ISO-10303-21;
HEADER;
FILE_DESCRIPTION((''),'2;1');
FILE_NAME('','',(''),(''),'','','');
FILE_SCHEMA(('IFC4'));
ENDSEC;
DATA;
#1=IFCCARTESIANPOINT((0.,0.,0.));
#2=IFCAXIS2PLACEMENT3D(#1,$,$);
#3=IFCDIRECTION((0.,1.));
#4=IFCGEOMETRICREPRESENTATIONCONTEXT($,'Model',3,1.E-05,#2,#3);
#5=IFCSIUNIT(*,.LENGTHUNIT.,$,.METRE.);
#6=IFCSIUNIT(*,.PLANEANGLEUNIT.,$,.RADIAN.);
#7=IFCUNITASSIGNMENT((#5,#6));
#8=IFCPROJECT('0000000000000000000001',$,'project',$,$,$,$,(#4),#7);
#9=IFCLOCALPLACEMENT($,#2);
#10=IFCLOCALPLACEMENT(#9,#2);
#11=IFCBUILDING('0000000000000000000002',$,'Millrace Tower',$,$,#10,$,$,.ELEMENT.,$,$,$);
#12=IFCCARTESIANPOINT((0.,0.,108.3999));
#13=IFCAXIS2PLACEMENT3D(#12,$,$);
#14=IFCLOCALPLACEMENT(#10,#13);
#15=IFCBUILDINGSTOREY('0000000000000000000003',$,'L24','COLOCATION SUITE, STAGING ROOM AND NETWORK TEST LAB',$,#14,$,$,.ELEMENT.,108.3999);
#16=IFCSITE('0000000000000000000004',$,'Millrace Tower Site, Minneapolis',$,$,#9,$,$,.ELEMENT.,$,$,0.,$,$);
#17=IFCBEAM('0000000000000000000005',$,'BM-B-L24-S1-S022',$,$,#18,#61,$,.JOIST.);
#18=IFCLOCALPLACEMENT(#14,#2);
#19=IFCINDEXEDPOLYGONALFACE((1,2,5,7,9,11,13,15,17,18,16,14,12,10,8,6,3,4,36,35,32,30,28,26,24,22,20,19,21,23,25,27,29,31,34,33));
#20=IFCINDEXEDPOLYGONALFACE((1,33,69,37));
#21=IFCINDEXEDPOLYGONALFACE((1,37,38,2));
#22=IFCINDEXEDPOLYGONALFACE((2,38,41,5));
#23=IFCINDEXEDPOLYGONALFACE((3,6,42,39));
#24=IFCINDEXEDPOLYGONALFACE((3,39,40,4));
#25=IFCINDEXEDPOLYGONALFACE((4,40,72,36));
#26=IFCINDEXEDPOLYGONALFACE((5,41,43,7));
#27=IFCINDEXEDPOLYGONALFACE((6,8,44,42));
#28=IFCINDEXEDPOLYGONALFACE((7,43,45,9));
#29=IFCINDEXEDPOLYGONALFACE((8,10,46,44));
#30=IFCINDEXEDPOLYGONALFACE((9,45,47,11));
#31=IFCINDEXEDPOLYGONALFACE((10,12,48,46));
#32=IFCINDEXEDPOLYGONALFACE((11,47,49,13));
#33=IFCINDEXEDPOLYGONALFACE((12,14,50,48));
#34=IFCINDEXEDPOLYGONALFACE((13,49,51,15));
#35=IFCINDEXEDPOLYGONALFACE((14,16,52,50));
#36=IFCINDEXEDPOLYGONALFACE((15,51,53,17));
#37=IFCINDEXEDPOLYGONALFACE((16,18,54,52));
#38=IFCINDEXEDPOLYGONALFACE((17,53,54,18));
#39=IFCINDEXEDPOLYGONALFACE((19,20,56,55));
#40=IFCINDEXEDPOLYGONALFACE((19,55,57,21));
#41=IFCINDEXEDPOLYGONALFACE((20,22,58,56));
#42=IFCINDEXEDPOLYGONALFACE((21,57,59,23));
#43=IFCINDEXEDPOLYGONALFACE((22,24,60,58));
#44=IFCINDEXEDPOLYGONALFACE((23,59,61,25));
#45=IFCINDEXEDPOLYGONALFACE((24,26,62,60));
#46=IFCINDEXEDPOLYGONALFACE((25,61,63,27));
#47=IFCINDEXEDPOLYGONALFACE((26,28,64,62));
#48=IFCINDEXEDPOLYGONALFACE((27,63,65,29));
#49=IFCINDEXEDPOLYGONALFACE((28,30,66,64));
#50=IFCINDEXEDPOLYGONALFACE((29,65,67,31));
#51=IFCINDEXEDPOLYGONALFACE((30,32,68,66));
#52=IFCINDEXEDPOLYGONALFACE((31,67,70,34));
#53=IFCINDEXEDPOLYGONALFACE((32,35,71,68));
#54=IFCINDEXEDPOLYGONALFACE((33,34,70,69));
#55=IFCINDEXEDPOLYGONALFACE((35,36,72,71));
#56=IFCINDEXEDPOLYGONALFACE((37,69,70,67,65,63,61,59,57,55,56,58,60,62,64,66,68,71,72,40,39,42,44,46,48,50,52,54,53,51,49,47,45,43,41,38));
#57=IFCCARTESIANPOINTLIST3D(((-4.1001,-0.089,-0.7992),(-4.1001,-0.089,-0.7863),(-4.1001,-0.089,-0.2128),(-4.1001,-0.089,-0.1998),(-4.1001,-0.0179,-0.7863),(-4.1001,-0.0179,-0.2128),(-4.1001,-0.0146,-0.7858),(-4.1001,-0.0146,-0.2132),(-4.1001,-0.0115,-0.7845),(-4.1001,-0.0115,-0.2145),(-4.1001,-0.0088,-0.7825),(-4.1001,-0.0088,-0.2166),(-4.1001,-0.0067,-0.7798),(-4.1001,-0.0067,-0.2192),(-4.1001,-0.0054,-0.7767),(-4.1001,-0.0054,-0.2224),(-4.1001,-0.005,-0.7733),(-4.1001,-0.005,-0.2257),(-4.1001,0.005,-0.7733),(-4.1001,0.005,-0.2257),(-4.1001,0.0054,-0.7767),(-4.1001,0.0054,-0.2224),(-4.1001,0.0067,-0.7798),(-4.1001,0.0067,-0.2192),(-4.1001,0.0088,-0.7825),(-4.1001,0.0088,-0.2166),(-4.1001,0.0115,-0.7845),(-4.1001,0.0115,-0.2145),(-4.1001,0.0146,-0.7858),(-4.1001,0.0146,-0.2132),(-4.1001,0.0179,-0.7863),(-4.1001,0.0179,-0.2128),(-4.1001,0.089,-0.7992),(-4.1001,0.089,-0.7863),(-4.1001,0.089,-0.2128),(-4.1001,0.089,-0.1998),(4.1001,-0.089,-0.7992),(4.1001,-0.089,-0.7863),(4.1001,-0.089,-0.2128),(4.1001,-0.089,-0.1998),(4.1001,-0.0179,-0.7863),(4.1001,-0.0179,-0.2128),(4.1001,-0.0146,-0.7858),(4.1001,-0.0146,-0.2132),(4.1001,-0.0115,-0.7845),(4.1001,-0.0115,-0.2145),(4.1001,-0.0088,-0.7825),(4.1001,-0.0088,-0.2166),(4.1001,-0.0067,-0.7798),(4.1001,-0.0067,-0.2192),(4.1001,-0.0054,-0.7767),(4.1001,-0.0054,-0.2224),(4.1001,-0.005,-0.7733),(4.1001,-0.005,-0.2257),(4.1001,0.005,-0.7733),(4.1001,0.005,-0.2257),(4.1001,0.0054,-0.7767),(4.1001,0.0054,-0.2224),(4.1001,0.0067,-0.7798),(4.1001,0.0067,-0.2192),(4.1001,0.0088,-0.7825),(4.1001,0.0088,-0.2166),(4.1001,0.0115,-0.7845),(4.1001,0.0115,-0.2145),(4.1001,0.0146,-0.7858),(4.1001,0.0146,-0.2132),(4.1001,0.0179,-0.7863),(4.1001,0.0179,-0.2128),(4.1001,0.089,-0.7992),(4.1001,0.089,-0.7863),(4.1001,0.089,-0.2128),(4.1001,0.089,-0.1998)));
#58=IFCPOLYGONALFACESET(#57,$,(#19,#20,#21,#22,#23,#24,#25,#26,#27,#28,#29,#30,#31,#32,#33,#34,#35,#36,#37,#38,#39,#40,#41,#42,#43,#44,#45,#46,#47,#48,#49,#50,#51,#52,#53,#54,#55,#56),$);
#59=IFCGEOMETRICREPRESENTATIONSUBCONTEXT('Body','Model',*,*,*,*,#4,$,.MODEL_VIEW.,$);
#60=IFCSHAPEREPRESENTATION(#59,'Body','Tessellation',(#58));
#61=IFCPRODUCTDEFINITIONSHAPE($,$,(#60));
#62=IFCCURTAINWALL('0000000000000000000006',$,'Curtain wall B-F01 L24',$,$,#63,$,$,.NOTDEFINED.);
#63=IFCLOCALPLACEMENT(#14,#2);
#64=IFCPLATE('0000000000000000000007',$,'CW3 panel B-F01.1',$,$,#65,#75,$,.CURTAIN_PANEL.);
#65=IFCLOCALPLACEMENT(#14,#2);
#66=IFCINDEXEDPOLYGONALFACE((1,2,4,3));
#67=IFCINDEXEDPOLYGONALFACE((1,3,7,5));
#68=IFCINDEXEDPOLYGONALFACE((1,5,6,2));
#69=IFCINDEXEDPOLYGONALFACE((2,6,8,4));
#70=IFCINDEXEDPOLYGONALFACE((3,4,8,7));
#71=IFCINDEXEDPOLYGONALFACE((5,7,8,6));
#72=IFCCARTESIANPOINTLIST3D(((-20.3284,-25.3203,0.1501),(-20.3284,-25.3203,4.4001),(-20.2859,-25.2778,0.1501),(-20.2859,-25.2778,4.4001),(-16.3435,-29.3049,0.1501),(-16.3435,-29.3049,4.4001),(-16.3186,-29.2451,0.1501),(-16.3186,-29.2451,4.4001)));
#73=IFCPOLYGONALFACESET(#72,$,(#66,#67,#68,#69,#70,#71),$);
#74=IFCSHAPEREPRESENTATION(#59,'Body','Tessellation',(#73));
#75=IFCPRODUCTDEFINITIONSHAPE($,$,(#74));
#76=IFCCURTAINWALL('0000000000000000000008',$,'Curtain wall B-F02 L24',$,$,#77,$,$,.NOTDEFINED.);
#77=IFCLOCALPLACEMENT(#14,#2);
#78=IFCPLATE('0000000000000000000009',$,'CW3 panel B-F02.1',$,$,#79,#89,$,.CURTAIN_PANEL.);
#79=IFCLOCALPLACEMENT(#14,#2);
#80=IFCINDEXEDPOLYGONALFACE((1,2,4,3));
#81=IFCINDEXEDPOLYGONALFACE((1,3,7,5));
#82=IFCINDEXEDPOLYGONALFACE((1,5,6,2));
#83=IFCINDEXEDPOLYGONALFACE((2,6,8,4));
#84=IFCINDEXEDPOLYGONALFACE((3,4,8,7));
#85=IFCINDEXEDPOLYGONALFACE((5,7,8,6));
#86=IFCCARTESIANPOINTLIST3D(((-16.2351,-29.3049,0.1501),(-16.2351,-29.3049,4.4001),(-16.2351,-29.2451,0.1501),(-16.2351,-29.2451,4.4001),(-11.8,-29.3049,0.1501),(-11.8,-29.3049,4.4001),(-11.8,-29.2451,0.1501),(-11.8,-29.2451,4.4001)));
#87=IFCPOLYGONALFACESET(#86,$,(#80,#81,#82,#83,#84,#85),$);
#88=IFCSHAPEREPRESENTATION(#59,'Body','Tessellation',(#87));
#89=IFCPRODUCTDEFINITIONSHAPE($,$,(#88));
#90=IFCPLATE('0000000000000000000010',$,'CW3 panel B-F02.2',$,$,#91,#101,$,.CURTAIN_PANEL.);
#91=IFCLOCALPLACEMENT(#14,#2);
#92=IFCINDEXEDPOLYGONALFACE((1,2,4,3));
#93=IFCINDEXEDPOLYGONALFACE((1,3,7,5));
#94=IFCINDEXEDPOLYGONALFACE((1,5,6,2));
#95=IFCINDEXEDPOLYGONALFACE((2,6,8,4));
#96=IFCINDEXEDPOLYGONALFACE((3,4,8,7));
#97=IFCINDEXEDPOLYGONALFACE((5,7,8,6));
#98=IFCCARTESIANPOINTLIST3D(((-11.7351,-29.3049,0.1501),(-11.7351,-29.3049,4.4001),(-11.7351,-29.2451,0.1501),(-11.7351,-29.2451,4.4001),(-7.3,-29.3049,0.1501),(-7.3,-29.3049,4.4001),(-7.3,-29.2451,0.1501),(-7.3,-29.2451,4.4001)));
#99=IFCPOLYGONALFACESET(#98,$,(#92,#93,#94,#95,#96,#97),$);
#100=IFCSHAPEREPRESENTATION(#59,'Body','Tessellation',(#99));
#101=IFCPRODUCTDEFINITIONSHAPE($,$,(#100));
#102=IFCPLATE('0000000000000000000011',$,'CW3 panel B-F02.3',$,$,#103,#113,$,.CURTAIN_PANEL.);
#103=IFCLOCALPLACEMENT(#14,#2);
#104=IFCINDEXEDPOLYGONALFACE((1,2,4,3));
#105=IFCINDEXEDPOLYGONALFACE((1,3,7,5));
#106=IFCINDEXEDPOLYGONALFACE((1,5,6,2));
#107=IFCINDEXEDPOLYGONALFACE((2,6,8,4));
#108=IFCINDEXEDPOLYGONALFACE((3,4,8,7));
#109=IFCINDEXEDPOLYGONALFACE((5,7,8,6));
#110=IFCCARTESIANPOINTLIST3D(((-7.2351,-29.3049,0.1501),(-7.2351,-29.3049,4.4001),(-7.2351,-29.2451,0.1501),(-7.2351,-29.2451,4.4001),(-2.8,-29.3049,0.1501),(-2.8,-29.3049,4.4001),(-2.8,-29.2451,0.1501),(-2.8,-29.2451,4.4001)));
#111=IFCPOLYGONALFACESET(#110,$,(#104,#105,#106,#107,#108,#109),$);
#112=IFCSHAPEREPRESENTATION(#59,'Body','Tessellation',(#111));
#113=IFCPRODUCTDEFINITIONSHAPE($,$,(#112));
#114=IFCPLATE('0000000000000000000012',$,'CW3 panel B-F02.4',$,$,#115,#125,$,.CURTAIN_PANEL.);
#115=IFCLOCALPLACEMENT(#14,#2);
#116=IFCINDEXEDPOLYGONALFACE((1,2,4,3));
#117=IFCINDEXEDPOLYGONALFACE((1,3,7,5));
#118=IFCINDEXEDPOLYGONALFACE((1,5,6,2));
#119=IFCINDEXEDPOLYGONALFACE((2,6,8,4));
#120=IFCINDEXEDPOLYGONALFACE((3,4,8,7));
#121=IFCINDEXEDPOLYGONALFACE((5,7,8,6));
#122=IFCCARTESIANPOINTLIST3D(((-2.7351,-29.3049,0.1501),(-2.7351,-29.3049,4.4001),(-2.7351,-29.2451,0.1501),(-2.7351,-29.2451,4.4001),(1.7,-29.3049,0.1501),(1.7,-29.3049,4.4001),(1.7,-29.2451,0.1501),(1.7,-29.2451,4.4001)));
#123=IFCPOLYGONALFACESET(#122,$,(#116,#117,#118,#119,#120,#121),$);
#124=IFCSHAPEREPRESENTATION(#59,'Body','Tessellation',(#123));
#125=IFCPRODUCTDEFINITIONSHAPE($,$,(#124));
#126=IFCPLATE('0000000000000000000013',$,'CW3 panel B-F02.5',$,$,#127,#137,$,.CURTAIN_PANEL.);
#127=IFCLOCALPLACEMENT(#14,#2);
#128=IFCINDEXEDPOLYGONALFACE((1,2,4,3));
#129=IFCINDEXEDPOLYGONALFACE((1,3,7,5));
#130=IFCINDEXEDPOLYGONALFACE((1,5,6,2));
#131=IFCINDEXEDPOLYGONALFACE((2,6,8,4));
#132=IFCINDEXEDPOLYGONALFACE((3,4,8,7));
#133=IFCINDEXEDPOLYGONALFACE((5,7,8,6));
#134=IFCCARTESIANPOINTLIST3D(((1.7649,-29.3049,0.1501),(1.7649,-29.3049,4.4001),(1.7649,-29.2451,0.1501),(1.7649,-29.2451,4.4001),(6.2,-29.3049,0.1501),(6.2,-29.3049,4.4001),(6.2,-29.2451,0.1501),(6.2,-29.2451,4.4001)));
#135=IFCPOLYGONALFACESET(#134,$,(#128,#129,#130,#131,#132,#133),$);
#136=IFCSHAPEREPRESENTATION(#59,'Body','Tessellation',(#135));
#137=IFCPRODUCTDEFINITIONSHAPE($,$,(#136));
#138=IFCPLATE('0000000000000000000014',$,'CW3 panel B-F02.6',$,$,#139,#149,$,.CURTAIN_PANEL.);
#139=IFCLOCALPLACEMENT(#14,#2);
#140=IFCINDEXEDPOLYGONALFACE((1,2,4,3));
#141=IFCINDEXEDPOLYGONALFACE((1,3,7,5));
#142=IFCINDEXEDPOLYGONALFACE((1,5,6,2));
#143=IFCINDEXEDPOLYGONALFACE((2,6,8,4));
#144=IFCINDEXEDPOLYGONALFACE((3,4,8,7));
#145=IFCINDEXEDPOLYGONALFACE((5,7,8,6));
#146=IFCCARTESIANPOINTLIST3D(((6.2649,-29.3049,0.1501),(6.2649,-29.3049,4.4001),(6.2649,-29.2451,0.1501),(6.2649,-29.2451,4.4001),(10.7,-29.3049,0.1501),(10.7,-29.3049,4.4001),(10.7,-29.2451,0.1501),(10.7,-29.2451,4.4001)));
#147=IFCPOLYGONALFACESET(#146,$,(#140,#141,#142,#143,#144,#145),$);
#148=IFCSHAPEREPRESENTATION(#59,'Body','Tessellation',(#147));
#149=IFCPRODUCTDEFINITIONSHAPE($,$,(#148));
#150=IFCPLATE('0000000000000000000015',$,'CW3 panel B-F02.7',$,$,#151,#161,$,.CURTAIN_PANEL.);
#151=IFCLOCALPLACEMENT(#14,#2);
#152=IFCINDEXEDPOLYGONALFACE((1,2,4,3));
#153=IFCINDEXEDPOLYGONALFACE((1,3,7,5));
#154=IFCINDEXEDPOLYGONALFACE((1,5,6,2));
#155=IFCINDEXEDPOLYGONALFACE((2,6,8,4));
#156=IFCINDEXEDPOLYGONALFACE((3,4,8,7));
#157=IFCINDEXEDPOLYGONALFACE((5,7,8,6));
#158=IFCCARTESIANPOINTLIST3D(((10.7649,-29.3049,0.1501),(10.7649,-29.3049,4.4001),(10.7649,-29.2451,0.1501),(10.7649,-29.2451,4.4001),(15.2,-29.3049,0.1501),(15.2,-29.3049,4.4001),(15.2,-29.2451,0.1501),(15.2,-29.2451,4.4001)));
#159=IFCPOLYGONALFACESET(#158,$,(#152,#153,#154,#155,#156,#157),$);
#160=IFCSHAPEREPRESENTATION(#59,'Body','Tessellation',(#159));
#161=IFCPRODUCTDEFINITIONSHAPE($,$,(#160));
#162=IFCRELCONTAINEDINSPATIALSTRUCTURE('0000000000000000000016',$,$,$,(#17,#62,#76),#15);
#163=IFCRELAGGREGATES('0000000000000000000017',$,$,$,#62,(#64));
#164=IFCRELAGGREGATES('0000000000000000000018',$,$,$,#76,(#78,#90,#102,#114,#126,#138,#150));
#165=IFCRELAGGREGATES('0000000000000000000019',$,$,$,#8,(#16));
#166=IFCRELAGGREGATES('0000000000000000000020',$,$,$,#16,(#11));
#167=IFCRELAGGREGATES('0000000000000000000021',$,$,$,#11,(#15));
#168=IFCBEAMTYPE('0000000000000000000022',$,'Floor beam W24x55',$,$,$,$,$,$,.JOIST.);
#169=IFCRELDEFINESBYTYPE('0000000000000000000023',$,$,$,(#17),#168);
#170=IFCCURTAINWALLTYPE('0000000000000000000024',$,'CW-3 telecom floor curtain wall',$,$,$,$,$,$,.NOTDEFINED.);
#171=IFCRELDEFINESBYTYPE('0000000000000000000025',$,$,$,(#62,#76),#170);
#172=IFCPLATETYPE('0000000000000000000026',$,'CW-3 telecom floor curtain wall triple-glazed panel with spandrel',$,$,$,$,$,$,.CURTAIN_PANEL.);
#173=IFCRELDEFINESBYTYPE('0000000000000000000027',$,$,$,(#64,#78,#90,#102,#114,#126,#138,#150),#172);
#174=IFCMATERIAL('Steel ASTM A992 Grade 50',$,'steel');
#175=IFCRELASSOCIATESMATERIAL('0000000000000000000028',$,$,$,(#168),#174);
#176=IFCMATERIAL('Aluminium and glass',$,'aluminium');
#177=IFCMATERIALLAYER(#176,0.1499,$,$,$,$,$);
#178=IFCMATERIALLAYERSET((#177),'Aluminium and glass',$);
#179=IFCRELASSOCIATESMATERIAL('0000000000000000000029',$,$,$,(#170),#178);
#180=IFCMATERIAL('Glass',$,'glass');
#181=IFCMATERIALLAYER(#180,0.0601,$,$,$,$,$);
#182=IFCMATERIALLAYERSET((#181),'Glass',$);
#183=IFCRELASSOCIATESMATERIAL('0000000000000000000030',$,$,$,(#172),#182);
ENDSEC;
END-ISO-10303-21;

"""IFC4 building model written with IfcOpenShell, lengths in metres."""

from ifc_helpers import new_model, si_unit, direction, frame, origin, origin_2d, place, context, subcontext, project, spatial, polyline, i_section, outline, extrude, material, layer, layer_set, material_profile, profile_set, type_object, element, aggregate, save


model = new_model("IFC4")

# Units and contexts
model_context = context("Model", 3, precision=1e-05, world=origin(), true_north=direction((0.0, 1.0)))
body_context = subcontext(model_context, "Body", "Model", "MODEL_VIEW")
ifc_project = project(units=[si_unit("LENGTHUNIT", "METRE"), si_unit("PLANEANGLEUNIT", "RADIAN")], contexts=[model_context])

# Site, building, storey
site_placement = place(None, origin())
site = spatial("IfcSite", under=ifc_project, at=site_placement, Name="Millrace Tower Site, Minneapolis", CompositionType="ELEMENT", RefElevation=0.0)
building_placement = place(site_placement, origin())
building = spatial("IfcBuilding", under=site, at=building_placement, Name="Millrace Tower", CompositionType="ELEMENT")
storey_placement = place(building_placement, frame((0.0, 0.0, 108.3999)))
storey = spatial("IfcBuildingStorey", under=building, at=storey_placement, Name="L24", Description="COLOCATION SUITE, STAGING ROOM AND NETWORK TEST LAB", CompositionType="ELEMENT", Elevation=108.3999)

# Beam
ifc_material_1 = material(Name="Steel ASTM A992 Grade 50", Category="steel")
ifc_material_profile_1 = material_profile(ifc_material_1, i_section(OverallWidth=0.178, OverallDepth=0.5994, WebThickness=0.01, FlangeThickness=0.0129, FilletRadius=0.0129, at=origin_2d()))
ifc_profile_set_1 = profile_set([ifc_material_profile_1], Name="Steel ASTM A992 Grade 50")
beam_type_1 = type_object("IfcBeamType", Name="Floor beam W24x55", PredefinedType="JOIST", material=ifc_profile_set_1)
for number, where, z_axis, x_axis, name in (
    (1, (-4.1001, 0.0, -0.4995), (1.0, 0.0, 0.0), (0.0, 1.0, 0.0), "BM-B-L24-S1-S022"),
):
    element("IfcBeam", number, at=place(storey_placement, frame(where, z_axis=z_axis, x_axis=x_axis)), inside=storey, type_object=beam_type_1, Name=name, PredefinedType="JOIST", context=body_context, shape_type="SweptSolid", body=[
        extrude(i_section(OverallWidth=0.178, OverallDepth=0.5994, WebThickness=0.01, FlangeThickness=0.0129, FilletRadius=0.0129, at=origin_2d()), origin(), (0.0, 0.0, 1.0), 8.2002),
    ])

# Curtain wall, plate
ifc_material_2 = material(Name="Aluminium and glass", Category="aluminium")
ifc_layer_1 = layer(ifc_material_2, 0.1499)
ifc_layer_set_1 = layer_set([ifc_layer_1], Name="Aluminium and glass")
curtain_wall_type = type_object("IfcCurtainWallType", Name="CW-3 telecom floor curtain wall", PredefinedType="NOTDEFINED", material=ifc_layer_set_1)
placement_1 = place(storey_placement, origin())
curtain_wall_1 = element("IfcCurtainWall", 2, at=placement_1, inside=storey, type_object=curtain_wall_type, Name="Curtain wall B-F01 L24", PredefinedType="NOTDEFINED")
ifc_material_3 = material(Name="Glass", Category="glass")
ifc_layer_2 = layer(ifc_material_3, 0.0601)
ifc_layer_set_2 = layer_set([ifc_layer_2], Name="Glass")
plate_type = type_object("IfcPlateType", Name="CW-3 telecom floor curtain wall triple-glazed panel with spandrel", PredefinedType="CURTAIN_PANEL", material=ifc_layer_set_2)
placement_2 = place(storey_placement, frame((0.0, 0.0, 0.1501)))
plate_1 = element("IfcPlate", 3, at=placement_2, type_object=plate_type, Name="CW3 panel B-F01.1", PredefinedType="CURTAIN_PANEL", context=body_context, shape_type="SweptSolid", body=[
    extrude(outline(polyline([(-20.3284, -25.3203), (-16.3435, -29.3049), (-16.3186, -29.2451), (-20.2859, -25.2778), (-20.3284, -25.3203)])), origin(), (0.0, 0.0, 1.0), 4.25),
])
aggregate(curtain_wall_1, [plate_1])

# Curtain wall, plates
curtain_wall_2 = element("IfcCurtainWall", 4, at=placement_1, inside=storey, type_object=curtain_wall_type, Name="Curtain wall B-F02 L24", PredefinedType="NOTDEFINED")
plate_2 = element("IfcPlate", 5, at=placement_2, type_object=plate_type, Name="CW3 panel B-F02.1", PredefinedType="CURTAIN_PANEL", context=body_context, shape_type="SweptSolid", body=[
    extrude(outline(polyline([(-16.2351, -29.3049), (-11.8, -29.3049), (-11.8, -29.2451), (-16.2351, -29.2451), (-16.2351, -29.3049)])), origin(), (0.0, 0.0, 1.0), 4.25),
])
plate_3 = element("IfcPlate", 6, at=placement_2, type_object=plate_type, Name="CW3 panel B-F02.2", PredefinedType="CURTAIN_PANEL", context=body_context, shape_type="SweptSolid", body=[
    extrude(outline(polyline([(-11.7351, -29.3049), (-7.3, -29.3049), (-7.3, -29.2451), (-11.7351, -29.2451), (-11.7351, -29.3049)])), origin(), (0.0, 0.0, 1.0), 4.25),
])
plate_4 = element("IfcPlate", 7, at=placement_2, type_object=plate_type, Name="CW3 panel B-F02.3", PredefinedType="CURTAIN_PANEL", context=body_context, shape_type="SweptSolid", body=[
    extrude(outline(polyline([(-7.2351, -29.3049), (-2.8, -29.3049), (-2.8, -29.2451), (-7.2351, -29.2451), (-7.2351, -29.3049)])), origin(), (0.0, 0.0, 1.0), 4.25),
])
plate_5 = element("IfcPlate", 8, at=placement_2, type_object=plate_type, Name="CW3 panel B-F02.4", PredefinedType="CURTAIN_PANEL", context=body_context, shape_type="SweptSolid", body=[
    extrude(outline(polyline([(-2.7351, -29.3049), (1.7, -29.3049), (1.7, -29.2451), (-2.7351, -29.2451), (-2.7351, -29.3049)])), origin(), (0.0, 0.0, 1.0), 4.25),
])
plate_6 = element("IfcPlate", 9, at=placement_2, type_object=plate_type, Name="CW3 panel B-F02.5", PredefinedType="CURTAIN_PANEL", context=body_context, shape_type="SweptSolid", body=[
    extrude(outline(polyline([(1.7649, -29.3049), (6.2, -29.3049), (6.2, -29.2451), (1.7649, -29.2451), (1.7649, -29.3049)])), origin(), (0.0, 0.0, 1.0), 4.25),
])
plate_7 = element("IfcPlate", 10, at=placement_2, type_object=plate_type, Name="CW3 panel B-F02.6", PredefinedType="CURTAIN_PANEL", context=body_context, shape_type="SweptSolid", body=[
    extrude(outline(polyline([(6.2649, -29.3049), (10.7, -29.3049), (10.7, -29.2451), (6.2649, -29.2451), (6.2649, -29.3049)])), origin(), (0.0, 0.0, 1.0), 4.25),
])
plate_8 = element("IfcPlate", 11, at=placement_2, type_object=plate_type, Name="CW3 panel B-F02.7", PredefinedType="CURTAIN_PANEL", context=body_context, shape_type="SweptSolid", body=[
    extrude(outline(polyline([(10.7649, -29.3049), (15.2, -29.3049), (15.2, -29.2451), (10.7649, -29.2451), (10.7649, -29.3049)])), origin(), (0.0, 0.0, 1.0), 4.25),
])
aggregate(curtain_wall_2, [plate_2, plate_3, plate_4, plate_5, plate_6, plate_7, plate_8])

save(model, "model.ifc")
